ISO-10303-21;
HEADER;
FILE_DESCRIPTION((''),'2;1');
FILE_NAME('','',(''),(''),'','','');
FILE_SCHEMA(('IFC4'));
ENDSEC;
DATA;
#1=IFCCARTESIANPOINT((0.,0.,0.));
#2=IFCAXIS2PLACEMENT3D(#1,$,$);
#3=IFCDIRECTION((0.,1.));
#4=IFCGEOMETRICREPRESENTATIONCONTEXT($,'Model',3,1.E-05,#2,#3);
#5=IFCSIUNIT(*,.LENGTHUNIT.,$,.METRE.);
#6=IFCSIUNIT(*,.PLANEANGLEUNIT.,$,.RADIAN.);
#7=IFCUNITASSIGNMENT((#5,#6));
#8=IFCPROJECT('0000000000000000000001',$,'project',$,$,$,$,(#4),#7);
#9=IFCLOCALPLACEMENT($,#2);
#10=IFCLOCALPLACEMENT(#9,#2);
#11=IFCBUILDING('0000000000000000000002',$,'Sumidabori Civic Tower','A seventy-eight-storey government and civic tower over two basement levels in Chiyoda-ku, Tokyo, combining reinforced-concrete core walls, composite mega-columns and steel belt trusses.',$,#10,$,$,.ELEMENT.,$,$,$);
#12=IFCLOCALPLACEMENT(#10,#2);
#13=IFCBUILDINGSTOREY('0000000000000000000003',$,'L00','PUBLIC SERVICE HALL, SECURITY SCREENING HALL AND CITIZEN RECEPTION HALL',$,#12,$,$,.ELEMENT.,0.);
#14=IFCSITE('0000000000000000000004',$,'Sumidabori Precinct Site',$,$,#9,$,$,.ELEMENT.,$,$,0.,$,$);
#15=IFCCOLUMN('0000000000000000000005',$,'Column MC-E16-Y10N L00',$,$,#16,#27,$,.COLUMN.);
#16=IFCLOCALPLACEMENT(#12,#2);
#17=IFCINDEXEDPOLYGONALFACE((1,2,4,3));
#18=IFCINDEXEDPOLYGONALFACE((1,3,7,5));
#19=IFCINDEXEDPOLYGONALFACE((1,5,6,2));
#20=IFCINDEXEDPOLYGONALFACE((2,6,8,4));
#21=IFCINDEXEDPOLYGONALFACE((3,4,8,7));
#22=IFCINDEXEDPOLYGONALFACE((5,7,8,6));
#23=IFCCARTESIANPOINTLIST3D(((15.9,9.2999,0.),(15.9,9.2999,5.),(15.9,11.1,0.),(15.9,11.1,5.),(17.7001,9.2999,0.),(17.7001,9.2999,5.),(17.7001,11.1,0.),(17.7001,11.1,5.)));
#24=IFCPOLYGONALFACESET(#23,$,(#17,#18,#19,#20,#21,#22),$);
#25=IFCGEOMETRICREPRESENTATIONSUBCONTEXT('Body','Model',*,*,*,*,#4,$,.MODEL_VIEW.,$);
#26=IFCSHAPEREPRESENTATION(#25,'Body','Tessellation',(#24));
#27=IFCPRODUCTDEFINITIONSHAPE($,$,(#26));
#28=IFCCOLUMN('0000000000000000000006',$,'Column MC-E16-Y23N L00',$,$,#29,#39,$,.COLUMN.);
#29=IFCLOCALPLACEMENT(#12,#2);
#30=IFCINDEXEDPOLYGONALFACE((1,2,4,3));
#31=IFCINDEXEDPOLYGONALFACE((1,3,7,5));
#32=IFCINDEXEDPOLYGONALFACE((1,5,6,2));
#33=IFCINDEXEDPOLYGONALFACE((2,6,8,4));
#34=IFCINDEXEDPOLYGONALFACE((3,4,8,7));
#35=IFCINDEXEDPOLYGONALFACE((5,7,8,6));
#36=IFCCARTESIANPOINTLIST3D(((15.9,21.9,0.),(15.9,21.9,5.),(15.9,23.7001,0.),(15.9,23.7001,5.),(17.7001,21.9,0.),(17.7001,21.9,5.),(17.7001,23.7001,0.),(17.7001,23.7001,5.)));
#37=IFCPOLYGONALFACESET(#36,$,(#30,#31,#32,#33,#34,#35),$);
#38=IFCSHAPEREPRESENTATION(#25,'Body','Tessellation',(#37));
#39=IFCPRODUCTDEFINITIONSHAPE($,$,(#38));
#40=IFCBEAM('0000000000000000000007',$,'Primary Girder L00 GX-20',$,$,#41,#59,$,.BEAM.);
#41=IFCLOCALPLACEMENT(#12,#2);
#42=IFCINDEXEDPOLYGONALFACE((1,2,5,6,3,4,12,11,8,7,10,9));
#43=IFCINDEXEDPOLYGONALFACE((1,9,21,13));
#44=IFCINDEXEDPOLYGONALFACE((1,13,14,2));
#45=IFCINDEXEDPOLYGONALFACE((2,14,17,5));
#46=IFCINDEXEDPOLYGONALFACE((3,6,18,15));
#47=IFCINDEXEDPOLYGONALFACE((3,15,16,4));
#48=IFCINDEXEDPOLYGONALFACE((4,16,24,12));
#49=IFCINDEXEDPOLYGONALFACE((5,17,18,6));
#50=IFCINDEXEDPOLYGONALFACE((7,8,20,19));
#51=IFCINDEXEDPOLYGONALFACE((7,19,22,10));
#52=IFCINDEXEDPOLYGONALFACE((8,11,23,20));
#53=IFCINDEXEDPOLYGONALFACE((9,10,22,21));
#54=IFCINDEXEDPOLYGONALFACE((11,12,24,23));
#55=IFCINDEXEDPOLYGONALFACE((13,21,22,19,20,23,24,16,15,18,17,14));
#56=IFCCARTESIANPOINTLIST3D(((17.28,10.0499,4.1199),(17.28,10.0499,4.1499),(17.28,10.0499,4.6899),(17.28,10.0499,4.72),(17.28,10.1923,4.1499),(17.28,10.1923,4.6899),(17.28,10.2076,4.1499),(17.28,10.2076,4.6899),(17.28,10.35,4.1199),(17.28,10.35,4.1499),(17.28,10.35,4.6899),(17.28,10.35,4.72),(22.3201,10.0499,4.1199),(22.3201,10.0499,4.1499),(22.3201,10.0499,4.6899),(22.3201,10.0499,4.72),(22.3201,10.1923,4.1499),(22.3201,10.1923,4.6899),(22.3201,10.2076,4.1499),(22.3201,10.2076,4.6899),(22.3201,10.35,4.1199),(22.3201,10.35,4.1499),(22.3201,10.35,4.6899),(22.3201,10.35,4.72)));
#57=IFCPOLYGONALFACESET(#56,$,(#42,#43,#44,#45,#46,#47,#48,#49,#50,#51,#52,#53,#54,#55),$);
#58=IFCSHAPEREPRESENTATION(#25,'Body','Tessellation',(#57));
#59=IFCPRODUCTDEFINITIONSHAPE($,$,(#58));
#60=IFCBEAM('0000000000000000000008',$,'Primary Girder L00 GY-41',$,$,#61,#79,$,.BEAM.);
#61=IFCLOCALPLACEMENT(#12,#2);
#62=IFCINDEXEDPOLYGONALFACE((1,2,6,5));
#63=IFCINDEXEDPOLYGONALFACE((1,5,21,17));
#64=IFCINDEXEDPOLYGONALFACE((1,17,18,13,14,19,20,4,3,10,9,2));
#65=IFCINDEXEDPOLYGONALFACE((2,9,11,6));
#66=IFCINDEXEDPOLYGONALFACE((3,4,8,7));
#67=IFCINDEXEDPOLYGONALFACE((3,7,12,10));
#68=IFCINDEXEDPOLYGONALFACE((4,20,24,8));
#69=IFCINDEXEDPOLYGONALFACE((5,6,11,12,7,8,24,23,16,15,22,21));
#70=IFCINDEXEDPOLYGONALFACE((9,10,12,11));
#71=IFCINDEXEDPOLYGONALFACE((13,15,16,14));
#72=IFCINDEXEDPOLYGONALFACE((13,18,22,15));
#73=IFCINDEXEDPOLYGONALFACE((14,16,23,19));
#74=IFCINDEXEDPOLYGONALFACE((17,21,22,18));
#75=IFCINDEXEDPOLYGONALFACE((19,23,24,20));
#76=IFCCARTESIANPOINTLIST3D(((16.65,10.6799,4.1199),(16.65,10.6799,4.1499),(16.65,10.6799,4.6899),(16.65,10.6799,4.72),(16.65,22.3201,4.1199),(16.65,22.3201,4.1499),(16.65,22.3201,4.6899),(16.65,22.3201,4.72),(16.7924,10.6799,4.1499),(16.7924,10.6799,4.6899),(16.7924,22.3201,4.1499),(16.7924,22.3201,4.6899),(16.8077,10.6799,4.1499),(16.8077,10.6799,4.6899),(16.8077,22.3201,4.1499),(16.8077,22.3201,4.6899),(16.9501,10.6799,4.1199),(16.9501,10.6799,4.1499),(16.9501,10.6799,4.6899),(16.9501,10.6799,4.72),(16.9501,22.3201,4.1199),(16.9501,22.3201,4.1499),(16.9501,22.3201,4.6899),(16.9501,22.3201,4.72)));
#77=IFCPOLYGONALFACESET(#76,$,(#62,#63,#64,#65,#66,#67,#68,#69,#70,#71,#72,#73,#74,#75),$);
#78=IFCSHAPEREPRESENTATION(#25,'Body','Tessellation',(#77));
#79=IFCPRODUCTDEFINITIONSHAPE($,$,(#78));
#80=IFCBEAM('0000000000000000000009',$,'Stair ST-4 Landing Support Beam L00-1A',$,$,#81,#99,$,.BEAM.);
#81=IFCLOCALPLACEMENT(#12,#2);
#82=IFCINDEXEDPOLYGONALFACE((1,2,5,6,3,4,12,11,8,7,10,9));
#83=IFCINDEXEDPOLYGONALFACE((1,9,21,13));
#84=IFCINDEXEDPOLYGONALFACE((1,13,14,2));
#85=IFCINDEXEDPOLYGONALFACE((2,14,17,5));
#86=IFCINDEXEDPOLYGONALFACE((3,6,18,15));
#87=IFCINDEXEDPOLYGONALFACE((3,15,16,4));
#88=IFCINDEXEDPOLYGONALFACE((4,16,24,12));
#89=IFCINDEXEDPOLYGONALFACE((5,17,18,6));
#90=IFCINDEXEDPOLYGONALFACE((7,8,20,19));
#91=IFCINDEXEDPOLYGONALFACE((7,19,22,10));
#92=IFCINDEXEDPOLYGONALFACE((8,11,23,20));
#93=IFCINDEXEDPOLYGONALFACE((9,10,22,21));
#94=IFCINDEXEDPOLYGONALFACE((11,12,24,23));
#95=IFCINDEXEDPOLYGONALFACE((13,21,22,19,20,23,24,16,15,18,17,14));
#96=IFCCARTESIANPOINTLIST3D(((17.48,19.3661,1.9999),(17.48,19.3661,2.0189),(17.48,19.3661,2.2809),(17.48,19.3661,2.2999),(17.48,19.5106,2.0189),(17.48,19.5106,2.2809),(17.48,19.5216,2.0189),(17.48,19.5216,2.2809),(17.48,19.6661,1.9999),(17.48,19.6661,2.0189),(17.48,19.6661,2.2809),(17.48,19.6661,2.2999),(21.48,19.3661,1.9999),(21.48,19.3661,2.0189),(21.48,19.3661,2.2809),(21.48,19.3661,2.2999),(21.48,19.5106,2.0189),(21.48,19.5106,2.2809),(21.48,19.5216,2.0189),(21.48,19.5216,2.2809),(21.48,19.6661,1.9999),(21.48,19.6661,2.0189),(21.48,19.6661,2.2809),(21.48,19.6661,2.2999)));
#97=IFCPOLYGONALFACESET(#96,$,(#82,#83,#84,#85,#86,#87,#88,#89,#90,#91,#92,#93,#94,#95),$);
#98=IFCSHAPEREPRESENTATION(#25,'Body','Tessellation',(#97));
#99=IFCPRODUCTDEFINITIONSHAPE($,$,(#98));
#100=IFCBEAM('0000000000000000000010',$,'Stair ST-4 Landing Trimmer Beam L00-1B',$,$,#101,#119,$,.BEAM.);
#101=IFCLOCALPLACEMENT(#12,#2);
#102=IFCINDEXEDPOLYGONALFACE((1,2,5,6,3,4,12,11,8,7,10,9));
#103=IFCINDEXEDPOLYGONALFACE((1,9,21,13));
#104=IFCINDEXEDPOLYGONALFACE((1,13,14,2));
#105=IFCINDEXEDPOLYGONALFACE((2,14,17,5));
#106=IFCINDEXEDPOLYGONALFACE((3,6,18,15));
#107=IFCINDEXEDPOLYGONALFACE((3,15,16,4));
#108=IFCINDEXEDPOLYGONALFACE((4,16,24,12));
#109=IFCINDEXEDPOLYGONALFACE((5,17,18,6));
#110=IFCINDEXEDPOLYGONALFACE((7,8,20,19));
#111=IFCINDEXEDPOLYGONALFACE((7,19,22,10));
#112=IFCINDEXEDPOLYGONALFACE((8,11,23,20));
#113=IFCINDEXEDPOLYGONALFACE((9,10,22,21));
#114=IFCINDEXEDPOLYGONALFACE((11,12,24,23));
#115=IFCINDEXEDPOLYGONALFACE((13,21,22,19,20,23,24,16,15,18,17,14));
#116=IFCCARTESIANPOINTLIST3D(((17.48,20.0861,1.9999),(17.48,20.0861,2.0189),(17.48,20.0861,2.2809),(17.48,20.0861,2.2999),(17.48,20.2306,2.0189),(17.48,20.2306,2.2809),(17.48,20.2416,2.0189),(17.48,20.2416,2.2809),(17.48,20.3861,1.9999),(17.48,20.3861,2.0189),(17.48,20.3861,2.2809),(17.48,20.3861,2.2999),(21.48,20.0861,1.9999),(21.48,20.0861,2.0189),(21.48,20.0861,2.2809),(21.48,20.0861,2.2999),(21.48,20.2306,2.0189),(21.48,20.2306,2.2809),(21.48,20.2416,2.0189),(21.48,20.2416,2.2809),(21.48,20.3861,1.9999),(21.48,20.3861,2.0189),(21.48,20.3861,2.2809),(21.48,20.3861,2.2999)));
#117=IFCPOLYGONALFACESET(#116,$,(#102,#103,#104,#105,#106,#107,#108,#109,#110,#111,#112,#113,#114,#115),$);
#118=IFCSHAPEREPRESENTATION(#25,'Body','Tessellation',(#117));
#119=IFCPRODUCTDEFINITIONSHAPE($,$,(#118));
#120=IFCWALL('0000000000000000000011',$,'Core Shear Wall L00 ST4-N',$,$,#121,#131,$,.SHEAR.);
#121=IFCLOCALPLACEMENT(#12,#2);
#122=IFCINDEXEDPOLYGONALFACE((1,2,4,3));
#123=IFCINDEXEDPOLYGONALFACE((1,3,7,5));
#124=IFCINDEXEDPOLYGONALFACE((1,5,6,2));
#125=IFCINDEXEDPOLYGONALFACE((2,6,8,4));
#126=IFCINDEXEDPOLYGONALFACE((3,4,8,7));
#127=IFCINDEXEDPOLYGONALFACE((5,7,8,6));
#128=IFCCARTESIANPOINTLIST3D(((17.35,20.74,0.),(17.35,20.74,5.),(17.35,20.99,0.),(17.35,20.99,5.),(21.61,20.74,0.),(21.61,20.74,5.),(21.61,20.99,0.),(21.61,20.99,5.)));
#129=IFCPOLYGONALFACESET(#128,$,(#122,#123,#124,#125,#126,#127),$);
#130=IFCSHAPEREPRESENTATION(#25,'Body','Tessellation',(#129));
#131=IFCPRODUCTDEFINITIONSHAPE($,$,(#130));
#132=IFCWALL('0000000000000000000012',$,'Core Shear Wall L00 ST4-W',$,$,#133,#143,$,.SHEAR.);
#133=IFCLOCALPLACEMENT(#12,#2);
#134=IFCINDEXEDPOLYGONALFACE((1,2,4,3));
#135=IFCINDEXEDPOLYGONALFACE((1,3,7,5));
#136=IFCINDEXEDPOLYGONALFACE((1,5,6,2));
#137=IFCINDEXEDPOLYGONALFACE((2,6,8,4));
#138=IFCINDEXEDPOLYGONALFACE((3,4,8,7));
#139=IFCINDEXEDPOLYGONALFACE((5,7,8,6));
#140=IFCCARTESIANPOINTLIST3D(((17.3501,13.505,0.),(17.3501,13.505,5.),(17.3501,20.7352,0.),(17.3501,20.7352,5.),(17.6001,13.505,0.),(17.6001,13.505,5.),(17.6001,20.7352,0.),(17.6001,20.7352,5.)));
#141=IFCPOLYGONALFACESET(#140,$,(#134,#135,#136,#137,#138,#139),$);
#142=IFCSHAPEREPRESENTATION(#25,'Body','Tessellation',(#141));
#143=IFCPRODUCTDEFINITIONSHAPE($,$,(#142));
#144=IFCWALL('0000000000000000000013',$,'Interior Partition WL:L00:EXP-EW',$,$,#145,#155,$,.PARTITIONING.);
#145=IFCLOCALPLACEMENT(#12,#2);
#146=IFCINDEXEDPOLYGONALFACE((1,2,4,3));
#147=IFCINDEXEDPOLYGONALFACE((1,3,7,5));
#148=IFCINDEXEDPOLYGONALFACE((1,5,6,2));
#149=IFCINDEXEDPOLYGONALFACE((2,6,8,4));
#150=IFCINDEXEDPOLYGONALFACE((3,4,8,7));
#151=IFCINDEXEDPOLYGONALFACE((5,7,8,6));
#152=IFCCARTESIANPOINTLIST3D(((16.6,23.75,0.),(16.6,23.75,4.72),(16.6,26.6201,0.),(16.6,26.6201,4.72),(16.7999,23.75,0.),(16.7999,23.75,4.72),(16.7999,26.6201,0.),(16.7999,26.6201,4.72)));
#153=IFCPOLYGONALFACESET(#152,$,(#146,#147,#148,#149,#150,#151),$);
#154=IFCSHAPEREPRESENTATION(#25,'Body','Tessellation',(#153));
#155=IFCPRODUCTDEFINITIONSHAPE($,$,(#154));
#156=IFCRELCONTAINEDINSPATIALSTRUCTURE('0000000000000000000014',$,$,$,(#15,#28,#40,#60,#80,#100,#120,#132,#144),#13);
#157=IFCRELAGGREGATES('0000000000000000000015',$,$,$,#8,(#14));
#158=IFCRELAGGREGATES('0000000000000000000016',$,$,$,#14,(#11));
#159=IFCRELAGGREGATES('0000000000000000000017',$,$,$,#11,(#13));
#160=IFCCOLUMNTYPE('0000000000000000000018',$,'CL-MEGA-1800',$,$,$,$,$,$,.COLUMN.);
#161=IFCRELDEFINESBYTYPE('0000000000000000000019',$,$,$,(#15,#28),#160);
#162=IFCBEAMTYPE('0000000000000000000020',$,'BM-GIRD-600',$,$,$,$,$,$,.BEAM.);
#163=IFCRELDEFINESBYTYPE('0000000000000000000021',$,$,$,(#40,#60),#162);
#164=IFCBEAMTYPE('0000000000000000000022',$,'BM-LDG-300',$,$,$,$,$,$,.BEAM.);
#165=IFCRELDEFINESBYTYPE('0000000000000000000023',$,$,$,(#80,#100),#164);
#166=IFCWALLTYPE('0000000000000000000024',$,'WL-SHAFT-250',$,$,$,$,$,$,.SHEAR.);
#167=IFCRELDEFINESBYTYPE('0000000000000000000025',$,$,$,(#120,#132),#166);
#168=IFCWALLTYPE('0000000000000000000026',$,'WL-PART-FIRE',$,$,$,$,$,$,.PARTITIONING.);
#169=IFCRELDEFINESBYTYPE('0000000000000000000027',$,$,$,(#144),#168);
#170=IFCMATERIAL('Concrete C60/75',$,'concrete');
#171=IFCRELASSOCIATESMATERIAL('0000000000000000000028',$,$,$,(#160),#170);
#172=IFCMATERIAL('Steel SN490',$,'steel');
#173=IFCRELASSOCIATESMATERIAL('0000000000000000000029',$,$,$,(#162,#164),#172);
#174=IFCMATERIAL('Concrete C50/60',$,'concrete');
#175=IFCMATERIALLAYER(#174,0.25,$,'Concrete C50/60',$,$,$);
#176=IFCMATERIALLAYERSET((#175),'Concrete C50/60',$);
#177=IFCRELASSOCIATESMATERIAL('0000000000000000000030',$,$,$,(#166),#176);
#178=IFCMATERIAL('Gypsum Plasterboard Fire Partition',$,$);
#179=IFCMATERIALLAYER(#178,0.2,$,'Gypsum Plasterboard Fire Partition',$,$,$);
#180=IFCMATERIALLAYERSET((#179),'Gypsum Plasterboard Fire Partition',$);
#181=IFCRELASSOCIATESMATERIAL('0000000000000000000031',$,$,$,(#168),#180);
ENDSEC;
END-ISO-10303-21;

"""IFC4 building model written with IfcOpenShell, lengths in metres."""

from ifc_helpers import new_model, si_unit, direction, frame, frame_2d, origin, origin_2d, place, context, subcontext, project, spatial, rectangle, i_section, extrude, source, transform, mapped, material, layer, layer_set, material_profile, profile_set, type_object, element, save


model = new_model("IFC4")

# Units and contexts
model_context = context("Model", 3, precision=1e-05, world=origin(), true_north=direction((0.0, 1.0)))
body_context = subcontext(model_context, "Body", "Model", "MODEL_VIEW")
ifc_project = project(units=[si_unit("LENGTHUNIT", "METRE"), si_unit("PLANEANGLEUNIT", "RADIAN")], contexts=[model_context])

# Site, building, storey
site_placement = place(None, origin())
site = spatial("IfcSite", under=ifc_project, at=site_placement, Name="Sumidabori Precinct Site", CompositionType="ELEMENT", RefElevation=0.0)
building_placement = place(site_placement, origin())
building = spatial("IfcBuilding", under=site, at=building_placement, Name="Sumidabori Civic Tower", Description="A seventy-eight-storey government and civic tower over two basement levels in Chiyoda-ku, Tokyo, combining reinforced-concrete core walls, composite mega-columns and steel belt trusses.", CompositionType="ELEMENT")
storey_placement = place(building_placement, origin())
storey = spatial("IfcBuildingStorey", under=building, at=storey_placement, Name="L00", Description="PUBLIC SERVICE HALL, SECURITY SCREENING HALL AND CITIZEN RECEPTION HALL", CompositionType="ELEMENT", Elevation=0.0)

# Columns
ifc_material_1 = material(Name="Concrete C60/75", Category="concrete")
ifc_material_profile_1 = material_profile(ifc_material_1, rectangle(XDim=1.8, YDim=1.8, at=origin_2d()), Name="RC 1800x1800")
ifc_profile_set_1 = profile_set([ifc_material_profile_1], Name="Concrete C60/75")
column_type = type_object("IfcColumnType", Name="CL-MEGA-1800", PredefinedType="COLUMN", material=ifc_profile_set_1)
shared_shape_1 = source(origin(), body_context, "Body", "SweptSolid", [
    extrude(rectangle(XDim=1.8, YDim=1.8, at=origin_2d()), origin(), (0.0, 0.0, 1.0), 5.0),
])
for number, where, z_axis, x_axis, name in (
    (1, (16.8, 10.2, 0.0), (0.0, 0.0, 1.0), (1.0, 0.0, 0.0), "Column MC-E16-Y10N L00"),
    (2, (16.8, 22.8, 0.0), (0.0, 0.0, 1.0), (1.0, 0.0, 0.0), "Column MC-E16-Y23N L00"),
):
    element("IfcColumn", number, at=place(storey_placement, frame(where, z_axis=z_axis, x_axis=x_axis)), inside=storey, type_object=column_type, Name=name, PredefinedType="COLUMN", context=body_context, shape_type="MappedRepresentation", body=[
        mapped(shared_shape_1, transform((0.0, 0.0, 0.0), x_axis=(1.0, 0.0, 0.0), y_axis=(0.0, 1.0, 0.0), z_axis=(0.0, 0.0, 1.0), scale=1.0)),
    ])

# Beams
ifc_material_2 = material(Name="Steel SN490", Category="steel")
ifc_material_profile_2 = material_profile(ifc_material_2, i_section(OverallWidth=0.3, OverallDepth=0.6001, WebThickness=0.0154, FlangeThickness=0.03, at=origin_2d()), Name="HE 600 B")
ifc_profile_set_2 = profile_set([ifc_material_profile_2], Name="Steel SN490")
beam_type_1 = type_object("IfcBeamType", Name="BM-GIRD-600", PredefinedType="BEAM", material=ifc_profile_set_2)
shared_shape_2 = source(origin(), body_context, "Body", "SweptSolid", [
    extrude(i_section(OverallWidth=0.3, OverallDepth=0.6001, WebThickness=0.0154, FlangeThickness=0.03, at=origin_2d()), origin(), (0.0, 0.0, 1.0), 5.04),
])
beam_1_placement = place(storey_placement, frame((17.28, 10.2, 4.4199), z_axis=(1.0, 0.0, 0.0), x_axis=(0.0, 1.0, 0.0)))
element("IfcBeam", 3, at=beam_1_placement, inside=storey, type_object=beam_type_1, Name="Primary Girder L00 GX-20", PredefinedType="BEAM", context=body_context, shape_type="MappedRepresentation", body=[
    mapped(shared_shape_2, transform((0.0, 0.0, 0.0), x_axis=(1.0, 0.0, 0.0), y_axis=(0.0, 1.0, 0.0), z_axis=(0.0, 0.0, 1.0), scale=1.0)),
])
shared_shape_3 = source(origin(), body_context, "Body", "SweptSolid", [
    extrude(i_section(OverallWidth=0.3, OverallDepth=0.6001, WebThickness=0.0154, FlangeThickness=0.03, at=origin_2d()), origin(), (0.0, 0.0, 1.0), 11.6401),
])
beam_2_placement = place(storey_placement, frame((16.8, 10.6799, 4.4199), z_axis=(0.0, 1.0, 0.0), x_axis=(-1.0, 0.0, 0.0)))
element("IfcBeam", 4, at=beam_2_placement, inside=storey, type_object=beam_type_1, Name="Primary Girder L00 GY-41", PredefinedType="BEAM", context=body_context, shape_type="MappedRepresentation", body=[
    mapped(shared_shape_3, transform((0.0, 0.0, 0.0), x_axis=(1.0, 0.0, 0.0), y_axis=(0.0, 1.0, 0.0), z_axis=(0.0, 0.0, 1.0), scale=1.0)),
])
ifc_material_profile_3 = material_profile(ifc_material_2, i_section(OverallWidth=0.3, OverallDepth=0.3, WebThickness=0.011, FlangeThickness=0.019, at=origin_2d()), Name="HE 300 B")
ifc_profile_set_3 = profile_set([ifc_material_profile_3], Name="Steel SN490")
beam_type_2 = type_object("IfcBeamType", Name="BM-LDG-300", PredefinedType="BEAM", material=ifc_profile_set_3)
shared_shape_4 = source(origin(), body_context, "Body", "SweptSolid", [
    extrude(i_section(OverallWidth=0.3, OverallDepth=0.3, WebThickness=0.011, FlangeThickness=0.019, at=origin_2d()), origin(), (0.0, 0.0, 1.0), 4.0),
])
for number, where, z_axis, x_axis, name in (
    (5, (17.48, 19.5161, 2.1499), (1.0, 0.0, 0.0), (0.0, 1.0, 0.0), "Stair ST-4 Landing Support Beam L00-1A"),
    (6, (17.48, 20.2361, 2.1499), (1.0, 0.0, 0.0), (0.0, 1.0, 0.0), "Stair ST-4 Landing Trimmer Beam L00-1B"),
):
    element("IfcBeam", number, at=place(storey_placement, frame(where, z_axis=z_axis, x_axis=x_axis)), inside=storey, type_object=beam_type_2, Name=name, PredefinedType="BEAM", context=body_context, shape_type="MappedRepresentation", body=[
        mapped(shared_shape_4, transform((0.0, 0.0, 0.0), x_axis=(1.0, 0.0, 0.0), y_axis=(0.0, 1.0, 0.0), z_axis=(0.0, 0.0, 1.0), scale=1.0)),
    ])

# Wall
ifc_material_3 = material(Name="Concrete C50/60", Category="concrete")
ifc_layer_1 = layer(ifc_material_3, 0.25, Name="Concrete C50/60")
ifc_layer_set_1 = layer_set([ifc_layer_1], Name="Concrete C50/60")
wall_type_1 = type_object("IfcWallType", Name="WL-SHAFT-250", PredefinedType="SHEAR", material=ifc_layer_set_1)
shared_shape_5 = source(origin(), body_context, "Body", "SweptSolid", [
    extrude(rectangle(XDim=4.26, YDim=0.25, at=frame_2d((2.1299, 0.0))), origin(), (0.0, 0.0, 1.0), 5.0),
])
wall_1_placement = place(storey_placement, frame((17.3501, 20.865, 0.0), z_axis=(0.0, 0.0, 1.0), x_axis=(1.0, 0.0, 0.0)))
element("IfcWall", 7, at=wall_1_placement, inside=storey, type_object=wall_type_1, Name="Core Shear Wall L00 ST4-N", PredefinedType="SHEAR", context=body_context, shape_type="MappedRepresentation", body=[
    mapped(shared_shape_5, transform((0.0, 0.0, 0.0), x_axis=(1.0, 0.0, 0.0), y_axis=(0.0, 1.0, 0.0), z_axis=(0.0, 0.0, 1.0), scale=1.0)),
])

# Walls
shared_shape_6 = source(origin(), body_context, "Body", "SweptSolid", [
    extrude(rectangle(XDim=7.2302, YDim=0.25, at=frame_2d((3.6152, 0.0))), origin(), (0.0, 0.0, 1.0), 5.0),
])
wall_2_placement = place(storey_placement, frame((17.4751, 13.5049, 0.0), z_axis=(0.0, 0.0, 1.0), x_axis=(0.0, 1.0, 0.0)))
element("IfcWall", 8, at=wall_2_placement, inside=storey, type_object=wall_type_1, Name="Core Shear Wall L00 ST4-W", PredefinedType="SHEAR", context=body_context, shape_type="MappedRepresentation", body=[
    mapped(shared_shape_6, transform((0.0, 0.0, 0.0), x_axis=(1.0, 0.0, 0.0), y_axis=(0.0, 1.0, 0.0), z_axis=(0.0, 0.0, 1.0), scale=1.0)),
])
ifc_material_4 = material(Name="Gypsum Plasterboard Fire Partition")
ifc_layer_2 = layer(ifc_material_4, 0.2, Name="Gypsum Plasterboard Fire Partition")
ifc_layer_set_2 = layer_set([ifc_layer_2], Name="Gypsum Plasterboard Fire Partition")
wall_type_2 = type_object("IfcWallType", Name="WL-PART-FIRE", PredefinedType="PARTITIONING", material=ifc_layer_set_2)
shared_shape_7 = source(origin(), body_context, "Body", "SweptSolid", [
    extrude(rectangle(XDim=2.8701, YDim=0.2, at=frame_2d((1.4351, 0.0))), origin(), (0.0, 0.0, 1.0), 4.72),
])
wall_3_placement = place(storey_placement, frame((16.7, 23.75, 0.0), z_axis=(0.0, 0.0, 1.0), x_axis=(0.0, 1.0, 0.0)))
element("IfcWall", 9, at=wall_3_placement, inside=storey, type_object=wall_type_2, Name="Interior Partition WL:L00:EXP-EW", PredefinedType="PARTITIONING", context=body_context, shape_type="MappedRepresentation", body=[
    mapped(shared_shape_7, transform((0.0, 0.0, 0.0), x_axis=(1.0, 0.0, 0.0), y_axis=(0.0, 1.0, 0.0), z_axis=(0.0, 0.0, 1.0), scale=1.0)),
])

save(model, "model.ifc")
